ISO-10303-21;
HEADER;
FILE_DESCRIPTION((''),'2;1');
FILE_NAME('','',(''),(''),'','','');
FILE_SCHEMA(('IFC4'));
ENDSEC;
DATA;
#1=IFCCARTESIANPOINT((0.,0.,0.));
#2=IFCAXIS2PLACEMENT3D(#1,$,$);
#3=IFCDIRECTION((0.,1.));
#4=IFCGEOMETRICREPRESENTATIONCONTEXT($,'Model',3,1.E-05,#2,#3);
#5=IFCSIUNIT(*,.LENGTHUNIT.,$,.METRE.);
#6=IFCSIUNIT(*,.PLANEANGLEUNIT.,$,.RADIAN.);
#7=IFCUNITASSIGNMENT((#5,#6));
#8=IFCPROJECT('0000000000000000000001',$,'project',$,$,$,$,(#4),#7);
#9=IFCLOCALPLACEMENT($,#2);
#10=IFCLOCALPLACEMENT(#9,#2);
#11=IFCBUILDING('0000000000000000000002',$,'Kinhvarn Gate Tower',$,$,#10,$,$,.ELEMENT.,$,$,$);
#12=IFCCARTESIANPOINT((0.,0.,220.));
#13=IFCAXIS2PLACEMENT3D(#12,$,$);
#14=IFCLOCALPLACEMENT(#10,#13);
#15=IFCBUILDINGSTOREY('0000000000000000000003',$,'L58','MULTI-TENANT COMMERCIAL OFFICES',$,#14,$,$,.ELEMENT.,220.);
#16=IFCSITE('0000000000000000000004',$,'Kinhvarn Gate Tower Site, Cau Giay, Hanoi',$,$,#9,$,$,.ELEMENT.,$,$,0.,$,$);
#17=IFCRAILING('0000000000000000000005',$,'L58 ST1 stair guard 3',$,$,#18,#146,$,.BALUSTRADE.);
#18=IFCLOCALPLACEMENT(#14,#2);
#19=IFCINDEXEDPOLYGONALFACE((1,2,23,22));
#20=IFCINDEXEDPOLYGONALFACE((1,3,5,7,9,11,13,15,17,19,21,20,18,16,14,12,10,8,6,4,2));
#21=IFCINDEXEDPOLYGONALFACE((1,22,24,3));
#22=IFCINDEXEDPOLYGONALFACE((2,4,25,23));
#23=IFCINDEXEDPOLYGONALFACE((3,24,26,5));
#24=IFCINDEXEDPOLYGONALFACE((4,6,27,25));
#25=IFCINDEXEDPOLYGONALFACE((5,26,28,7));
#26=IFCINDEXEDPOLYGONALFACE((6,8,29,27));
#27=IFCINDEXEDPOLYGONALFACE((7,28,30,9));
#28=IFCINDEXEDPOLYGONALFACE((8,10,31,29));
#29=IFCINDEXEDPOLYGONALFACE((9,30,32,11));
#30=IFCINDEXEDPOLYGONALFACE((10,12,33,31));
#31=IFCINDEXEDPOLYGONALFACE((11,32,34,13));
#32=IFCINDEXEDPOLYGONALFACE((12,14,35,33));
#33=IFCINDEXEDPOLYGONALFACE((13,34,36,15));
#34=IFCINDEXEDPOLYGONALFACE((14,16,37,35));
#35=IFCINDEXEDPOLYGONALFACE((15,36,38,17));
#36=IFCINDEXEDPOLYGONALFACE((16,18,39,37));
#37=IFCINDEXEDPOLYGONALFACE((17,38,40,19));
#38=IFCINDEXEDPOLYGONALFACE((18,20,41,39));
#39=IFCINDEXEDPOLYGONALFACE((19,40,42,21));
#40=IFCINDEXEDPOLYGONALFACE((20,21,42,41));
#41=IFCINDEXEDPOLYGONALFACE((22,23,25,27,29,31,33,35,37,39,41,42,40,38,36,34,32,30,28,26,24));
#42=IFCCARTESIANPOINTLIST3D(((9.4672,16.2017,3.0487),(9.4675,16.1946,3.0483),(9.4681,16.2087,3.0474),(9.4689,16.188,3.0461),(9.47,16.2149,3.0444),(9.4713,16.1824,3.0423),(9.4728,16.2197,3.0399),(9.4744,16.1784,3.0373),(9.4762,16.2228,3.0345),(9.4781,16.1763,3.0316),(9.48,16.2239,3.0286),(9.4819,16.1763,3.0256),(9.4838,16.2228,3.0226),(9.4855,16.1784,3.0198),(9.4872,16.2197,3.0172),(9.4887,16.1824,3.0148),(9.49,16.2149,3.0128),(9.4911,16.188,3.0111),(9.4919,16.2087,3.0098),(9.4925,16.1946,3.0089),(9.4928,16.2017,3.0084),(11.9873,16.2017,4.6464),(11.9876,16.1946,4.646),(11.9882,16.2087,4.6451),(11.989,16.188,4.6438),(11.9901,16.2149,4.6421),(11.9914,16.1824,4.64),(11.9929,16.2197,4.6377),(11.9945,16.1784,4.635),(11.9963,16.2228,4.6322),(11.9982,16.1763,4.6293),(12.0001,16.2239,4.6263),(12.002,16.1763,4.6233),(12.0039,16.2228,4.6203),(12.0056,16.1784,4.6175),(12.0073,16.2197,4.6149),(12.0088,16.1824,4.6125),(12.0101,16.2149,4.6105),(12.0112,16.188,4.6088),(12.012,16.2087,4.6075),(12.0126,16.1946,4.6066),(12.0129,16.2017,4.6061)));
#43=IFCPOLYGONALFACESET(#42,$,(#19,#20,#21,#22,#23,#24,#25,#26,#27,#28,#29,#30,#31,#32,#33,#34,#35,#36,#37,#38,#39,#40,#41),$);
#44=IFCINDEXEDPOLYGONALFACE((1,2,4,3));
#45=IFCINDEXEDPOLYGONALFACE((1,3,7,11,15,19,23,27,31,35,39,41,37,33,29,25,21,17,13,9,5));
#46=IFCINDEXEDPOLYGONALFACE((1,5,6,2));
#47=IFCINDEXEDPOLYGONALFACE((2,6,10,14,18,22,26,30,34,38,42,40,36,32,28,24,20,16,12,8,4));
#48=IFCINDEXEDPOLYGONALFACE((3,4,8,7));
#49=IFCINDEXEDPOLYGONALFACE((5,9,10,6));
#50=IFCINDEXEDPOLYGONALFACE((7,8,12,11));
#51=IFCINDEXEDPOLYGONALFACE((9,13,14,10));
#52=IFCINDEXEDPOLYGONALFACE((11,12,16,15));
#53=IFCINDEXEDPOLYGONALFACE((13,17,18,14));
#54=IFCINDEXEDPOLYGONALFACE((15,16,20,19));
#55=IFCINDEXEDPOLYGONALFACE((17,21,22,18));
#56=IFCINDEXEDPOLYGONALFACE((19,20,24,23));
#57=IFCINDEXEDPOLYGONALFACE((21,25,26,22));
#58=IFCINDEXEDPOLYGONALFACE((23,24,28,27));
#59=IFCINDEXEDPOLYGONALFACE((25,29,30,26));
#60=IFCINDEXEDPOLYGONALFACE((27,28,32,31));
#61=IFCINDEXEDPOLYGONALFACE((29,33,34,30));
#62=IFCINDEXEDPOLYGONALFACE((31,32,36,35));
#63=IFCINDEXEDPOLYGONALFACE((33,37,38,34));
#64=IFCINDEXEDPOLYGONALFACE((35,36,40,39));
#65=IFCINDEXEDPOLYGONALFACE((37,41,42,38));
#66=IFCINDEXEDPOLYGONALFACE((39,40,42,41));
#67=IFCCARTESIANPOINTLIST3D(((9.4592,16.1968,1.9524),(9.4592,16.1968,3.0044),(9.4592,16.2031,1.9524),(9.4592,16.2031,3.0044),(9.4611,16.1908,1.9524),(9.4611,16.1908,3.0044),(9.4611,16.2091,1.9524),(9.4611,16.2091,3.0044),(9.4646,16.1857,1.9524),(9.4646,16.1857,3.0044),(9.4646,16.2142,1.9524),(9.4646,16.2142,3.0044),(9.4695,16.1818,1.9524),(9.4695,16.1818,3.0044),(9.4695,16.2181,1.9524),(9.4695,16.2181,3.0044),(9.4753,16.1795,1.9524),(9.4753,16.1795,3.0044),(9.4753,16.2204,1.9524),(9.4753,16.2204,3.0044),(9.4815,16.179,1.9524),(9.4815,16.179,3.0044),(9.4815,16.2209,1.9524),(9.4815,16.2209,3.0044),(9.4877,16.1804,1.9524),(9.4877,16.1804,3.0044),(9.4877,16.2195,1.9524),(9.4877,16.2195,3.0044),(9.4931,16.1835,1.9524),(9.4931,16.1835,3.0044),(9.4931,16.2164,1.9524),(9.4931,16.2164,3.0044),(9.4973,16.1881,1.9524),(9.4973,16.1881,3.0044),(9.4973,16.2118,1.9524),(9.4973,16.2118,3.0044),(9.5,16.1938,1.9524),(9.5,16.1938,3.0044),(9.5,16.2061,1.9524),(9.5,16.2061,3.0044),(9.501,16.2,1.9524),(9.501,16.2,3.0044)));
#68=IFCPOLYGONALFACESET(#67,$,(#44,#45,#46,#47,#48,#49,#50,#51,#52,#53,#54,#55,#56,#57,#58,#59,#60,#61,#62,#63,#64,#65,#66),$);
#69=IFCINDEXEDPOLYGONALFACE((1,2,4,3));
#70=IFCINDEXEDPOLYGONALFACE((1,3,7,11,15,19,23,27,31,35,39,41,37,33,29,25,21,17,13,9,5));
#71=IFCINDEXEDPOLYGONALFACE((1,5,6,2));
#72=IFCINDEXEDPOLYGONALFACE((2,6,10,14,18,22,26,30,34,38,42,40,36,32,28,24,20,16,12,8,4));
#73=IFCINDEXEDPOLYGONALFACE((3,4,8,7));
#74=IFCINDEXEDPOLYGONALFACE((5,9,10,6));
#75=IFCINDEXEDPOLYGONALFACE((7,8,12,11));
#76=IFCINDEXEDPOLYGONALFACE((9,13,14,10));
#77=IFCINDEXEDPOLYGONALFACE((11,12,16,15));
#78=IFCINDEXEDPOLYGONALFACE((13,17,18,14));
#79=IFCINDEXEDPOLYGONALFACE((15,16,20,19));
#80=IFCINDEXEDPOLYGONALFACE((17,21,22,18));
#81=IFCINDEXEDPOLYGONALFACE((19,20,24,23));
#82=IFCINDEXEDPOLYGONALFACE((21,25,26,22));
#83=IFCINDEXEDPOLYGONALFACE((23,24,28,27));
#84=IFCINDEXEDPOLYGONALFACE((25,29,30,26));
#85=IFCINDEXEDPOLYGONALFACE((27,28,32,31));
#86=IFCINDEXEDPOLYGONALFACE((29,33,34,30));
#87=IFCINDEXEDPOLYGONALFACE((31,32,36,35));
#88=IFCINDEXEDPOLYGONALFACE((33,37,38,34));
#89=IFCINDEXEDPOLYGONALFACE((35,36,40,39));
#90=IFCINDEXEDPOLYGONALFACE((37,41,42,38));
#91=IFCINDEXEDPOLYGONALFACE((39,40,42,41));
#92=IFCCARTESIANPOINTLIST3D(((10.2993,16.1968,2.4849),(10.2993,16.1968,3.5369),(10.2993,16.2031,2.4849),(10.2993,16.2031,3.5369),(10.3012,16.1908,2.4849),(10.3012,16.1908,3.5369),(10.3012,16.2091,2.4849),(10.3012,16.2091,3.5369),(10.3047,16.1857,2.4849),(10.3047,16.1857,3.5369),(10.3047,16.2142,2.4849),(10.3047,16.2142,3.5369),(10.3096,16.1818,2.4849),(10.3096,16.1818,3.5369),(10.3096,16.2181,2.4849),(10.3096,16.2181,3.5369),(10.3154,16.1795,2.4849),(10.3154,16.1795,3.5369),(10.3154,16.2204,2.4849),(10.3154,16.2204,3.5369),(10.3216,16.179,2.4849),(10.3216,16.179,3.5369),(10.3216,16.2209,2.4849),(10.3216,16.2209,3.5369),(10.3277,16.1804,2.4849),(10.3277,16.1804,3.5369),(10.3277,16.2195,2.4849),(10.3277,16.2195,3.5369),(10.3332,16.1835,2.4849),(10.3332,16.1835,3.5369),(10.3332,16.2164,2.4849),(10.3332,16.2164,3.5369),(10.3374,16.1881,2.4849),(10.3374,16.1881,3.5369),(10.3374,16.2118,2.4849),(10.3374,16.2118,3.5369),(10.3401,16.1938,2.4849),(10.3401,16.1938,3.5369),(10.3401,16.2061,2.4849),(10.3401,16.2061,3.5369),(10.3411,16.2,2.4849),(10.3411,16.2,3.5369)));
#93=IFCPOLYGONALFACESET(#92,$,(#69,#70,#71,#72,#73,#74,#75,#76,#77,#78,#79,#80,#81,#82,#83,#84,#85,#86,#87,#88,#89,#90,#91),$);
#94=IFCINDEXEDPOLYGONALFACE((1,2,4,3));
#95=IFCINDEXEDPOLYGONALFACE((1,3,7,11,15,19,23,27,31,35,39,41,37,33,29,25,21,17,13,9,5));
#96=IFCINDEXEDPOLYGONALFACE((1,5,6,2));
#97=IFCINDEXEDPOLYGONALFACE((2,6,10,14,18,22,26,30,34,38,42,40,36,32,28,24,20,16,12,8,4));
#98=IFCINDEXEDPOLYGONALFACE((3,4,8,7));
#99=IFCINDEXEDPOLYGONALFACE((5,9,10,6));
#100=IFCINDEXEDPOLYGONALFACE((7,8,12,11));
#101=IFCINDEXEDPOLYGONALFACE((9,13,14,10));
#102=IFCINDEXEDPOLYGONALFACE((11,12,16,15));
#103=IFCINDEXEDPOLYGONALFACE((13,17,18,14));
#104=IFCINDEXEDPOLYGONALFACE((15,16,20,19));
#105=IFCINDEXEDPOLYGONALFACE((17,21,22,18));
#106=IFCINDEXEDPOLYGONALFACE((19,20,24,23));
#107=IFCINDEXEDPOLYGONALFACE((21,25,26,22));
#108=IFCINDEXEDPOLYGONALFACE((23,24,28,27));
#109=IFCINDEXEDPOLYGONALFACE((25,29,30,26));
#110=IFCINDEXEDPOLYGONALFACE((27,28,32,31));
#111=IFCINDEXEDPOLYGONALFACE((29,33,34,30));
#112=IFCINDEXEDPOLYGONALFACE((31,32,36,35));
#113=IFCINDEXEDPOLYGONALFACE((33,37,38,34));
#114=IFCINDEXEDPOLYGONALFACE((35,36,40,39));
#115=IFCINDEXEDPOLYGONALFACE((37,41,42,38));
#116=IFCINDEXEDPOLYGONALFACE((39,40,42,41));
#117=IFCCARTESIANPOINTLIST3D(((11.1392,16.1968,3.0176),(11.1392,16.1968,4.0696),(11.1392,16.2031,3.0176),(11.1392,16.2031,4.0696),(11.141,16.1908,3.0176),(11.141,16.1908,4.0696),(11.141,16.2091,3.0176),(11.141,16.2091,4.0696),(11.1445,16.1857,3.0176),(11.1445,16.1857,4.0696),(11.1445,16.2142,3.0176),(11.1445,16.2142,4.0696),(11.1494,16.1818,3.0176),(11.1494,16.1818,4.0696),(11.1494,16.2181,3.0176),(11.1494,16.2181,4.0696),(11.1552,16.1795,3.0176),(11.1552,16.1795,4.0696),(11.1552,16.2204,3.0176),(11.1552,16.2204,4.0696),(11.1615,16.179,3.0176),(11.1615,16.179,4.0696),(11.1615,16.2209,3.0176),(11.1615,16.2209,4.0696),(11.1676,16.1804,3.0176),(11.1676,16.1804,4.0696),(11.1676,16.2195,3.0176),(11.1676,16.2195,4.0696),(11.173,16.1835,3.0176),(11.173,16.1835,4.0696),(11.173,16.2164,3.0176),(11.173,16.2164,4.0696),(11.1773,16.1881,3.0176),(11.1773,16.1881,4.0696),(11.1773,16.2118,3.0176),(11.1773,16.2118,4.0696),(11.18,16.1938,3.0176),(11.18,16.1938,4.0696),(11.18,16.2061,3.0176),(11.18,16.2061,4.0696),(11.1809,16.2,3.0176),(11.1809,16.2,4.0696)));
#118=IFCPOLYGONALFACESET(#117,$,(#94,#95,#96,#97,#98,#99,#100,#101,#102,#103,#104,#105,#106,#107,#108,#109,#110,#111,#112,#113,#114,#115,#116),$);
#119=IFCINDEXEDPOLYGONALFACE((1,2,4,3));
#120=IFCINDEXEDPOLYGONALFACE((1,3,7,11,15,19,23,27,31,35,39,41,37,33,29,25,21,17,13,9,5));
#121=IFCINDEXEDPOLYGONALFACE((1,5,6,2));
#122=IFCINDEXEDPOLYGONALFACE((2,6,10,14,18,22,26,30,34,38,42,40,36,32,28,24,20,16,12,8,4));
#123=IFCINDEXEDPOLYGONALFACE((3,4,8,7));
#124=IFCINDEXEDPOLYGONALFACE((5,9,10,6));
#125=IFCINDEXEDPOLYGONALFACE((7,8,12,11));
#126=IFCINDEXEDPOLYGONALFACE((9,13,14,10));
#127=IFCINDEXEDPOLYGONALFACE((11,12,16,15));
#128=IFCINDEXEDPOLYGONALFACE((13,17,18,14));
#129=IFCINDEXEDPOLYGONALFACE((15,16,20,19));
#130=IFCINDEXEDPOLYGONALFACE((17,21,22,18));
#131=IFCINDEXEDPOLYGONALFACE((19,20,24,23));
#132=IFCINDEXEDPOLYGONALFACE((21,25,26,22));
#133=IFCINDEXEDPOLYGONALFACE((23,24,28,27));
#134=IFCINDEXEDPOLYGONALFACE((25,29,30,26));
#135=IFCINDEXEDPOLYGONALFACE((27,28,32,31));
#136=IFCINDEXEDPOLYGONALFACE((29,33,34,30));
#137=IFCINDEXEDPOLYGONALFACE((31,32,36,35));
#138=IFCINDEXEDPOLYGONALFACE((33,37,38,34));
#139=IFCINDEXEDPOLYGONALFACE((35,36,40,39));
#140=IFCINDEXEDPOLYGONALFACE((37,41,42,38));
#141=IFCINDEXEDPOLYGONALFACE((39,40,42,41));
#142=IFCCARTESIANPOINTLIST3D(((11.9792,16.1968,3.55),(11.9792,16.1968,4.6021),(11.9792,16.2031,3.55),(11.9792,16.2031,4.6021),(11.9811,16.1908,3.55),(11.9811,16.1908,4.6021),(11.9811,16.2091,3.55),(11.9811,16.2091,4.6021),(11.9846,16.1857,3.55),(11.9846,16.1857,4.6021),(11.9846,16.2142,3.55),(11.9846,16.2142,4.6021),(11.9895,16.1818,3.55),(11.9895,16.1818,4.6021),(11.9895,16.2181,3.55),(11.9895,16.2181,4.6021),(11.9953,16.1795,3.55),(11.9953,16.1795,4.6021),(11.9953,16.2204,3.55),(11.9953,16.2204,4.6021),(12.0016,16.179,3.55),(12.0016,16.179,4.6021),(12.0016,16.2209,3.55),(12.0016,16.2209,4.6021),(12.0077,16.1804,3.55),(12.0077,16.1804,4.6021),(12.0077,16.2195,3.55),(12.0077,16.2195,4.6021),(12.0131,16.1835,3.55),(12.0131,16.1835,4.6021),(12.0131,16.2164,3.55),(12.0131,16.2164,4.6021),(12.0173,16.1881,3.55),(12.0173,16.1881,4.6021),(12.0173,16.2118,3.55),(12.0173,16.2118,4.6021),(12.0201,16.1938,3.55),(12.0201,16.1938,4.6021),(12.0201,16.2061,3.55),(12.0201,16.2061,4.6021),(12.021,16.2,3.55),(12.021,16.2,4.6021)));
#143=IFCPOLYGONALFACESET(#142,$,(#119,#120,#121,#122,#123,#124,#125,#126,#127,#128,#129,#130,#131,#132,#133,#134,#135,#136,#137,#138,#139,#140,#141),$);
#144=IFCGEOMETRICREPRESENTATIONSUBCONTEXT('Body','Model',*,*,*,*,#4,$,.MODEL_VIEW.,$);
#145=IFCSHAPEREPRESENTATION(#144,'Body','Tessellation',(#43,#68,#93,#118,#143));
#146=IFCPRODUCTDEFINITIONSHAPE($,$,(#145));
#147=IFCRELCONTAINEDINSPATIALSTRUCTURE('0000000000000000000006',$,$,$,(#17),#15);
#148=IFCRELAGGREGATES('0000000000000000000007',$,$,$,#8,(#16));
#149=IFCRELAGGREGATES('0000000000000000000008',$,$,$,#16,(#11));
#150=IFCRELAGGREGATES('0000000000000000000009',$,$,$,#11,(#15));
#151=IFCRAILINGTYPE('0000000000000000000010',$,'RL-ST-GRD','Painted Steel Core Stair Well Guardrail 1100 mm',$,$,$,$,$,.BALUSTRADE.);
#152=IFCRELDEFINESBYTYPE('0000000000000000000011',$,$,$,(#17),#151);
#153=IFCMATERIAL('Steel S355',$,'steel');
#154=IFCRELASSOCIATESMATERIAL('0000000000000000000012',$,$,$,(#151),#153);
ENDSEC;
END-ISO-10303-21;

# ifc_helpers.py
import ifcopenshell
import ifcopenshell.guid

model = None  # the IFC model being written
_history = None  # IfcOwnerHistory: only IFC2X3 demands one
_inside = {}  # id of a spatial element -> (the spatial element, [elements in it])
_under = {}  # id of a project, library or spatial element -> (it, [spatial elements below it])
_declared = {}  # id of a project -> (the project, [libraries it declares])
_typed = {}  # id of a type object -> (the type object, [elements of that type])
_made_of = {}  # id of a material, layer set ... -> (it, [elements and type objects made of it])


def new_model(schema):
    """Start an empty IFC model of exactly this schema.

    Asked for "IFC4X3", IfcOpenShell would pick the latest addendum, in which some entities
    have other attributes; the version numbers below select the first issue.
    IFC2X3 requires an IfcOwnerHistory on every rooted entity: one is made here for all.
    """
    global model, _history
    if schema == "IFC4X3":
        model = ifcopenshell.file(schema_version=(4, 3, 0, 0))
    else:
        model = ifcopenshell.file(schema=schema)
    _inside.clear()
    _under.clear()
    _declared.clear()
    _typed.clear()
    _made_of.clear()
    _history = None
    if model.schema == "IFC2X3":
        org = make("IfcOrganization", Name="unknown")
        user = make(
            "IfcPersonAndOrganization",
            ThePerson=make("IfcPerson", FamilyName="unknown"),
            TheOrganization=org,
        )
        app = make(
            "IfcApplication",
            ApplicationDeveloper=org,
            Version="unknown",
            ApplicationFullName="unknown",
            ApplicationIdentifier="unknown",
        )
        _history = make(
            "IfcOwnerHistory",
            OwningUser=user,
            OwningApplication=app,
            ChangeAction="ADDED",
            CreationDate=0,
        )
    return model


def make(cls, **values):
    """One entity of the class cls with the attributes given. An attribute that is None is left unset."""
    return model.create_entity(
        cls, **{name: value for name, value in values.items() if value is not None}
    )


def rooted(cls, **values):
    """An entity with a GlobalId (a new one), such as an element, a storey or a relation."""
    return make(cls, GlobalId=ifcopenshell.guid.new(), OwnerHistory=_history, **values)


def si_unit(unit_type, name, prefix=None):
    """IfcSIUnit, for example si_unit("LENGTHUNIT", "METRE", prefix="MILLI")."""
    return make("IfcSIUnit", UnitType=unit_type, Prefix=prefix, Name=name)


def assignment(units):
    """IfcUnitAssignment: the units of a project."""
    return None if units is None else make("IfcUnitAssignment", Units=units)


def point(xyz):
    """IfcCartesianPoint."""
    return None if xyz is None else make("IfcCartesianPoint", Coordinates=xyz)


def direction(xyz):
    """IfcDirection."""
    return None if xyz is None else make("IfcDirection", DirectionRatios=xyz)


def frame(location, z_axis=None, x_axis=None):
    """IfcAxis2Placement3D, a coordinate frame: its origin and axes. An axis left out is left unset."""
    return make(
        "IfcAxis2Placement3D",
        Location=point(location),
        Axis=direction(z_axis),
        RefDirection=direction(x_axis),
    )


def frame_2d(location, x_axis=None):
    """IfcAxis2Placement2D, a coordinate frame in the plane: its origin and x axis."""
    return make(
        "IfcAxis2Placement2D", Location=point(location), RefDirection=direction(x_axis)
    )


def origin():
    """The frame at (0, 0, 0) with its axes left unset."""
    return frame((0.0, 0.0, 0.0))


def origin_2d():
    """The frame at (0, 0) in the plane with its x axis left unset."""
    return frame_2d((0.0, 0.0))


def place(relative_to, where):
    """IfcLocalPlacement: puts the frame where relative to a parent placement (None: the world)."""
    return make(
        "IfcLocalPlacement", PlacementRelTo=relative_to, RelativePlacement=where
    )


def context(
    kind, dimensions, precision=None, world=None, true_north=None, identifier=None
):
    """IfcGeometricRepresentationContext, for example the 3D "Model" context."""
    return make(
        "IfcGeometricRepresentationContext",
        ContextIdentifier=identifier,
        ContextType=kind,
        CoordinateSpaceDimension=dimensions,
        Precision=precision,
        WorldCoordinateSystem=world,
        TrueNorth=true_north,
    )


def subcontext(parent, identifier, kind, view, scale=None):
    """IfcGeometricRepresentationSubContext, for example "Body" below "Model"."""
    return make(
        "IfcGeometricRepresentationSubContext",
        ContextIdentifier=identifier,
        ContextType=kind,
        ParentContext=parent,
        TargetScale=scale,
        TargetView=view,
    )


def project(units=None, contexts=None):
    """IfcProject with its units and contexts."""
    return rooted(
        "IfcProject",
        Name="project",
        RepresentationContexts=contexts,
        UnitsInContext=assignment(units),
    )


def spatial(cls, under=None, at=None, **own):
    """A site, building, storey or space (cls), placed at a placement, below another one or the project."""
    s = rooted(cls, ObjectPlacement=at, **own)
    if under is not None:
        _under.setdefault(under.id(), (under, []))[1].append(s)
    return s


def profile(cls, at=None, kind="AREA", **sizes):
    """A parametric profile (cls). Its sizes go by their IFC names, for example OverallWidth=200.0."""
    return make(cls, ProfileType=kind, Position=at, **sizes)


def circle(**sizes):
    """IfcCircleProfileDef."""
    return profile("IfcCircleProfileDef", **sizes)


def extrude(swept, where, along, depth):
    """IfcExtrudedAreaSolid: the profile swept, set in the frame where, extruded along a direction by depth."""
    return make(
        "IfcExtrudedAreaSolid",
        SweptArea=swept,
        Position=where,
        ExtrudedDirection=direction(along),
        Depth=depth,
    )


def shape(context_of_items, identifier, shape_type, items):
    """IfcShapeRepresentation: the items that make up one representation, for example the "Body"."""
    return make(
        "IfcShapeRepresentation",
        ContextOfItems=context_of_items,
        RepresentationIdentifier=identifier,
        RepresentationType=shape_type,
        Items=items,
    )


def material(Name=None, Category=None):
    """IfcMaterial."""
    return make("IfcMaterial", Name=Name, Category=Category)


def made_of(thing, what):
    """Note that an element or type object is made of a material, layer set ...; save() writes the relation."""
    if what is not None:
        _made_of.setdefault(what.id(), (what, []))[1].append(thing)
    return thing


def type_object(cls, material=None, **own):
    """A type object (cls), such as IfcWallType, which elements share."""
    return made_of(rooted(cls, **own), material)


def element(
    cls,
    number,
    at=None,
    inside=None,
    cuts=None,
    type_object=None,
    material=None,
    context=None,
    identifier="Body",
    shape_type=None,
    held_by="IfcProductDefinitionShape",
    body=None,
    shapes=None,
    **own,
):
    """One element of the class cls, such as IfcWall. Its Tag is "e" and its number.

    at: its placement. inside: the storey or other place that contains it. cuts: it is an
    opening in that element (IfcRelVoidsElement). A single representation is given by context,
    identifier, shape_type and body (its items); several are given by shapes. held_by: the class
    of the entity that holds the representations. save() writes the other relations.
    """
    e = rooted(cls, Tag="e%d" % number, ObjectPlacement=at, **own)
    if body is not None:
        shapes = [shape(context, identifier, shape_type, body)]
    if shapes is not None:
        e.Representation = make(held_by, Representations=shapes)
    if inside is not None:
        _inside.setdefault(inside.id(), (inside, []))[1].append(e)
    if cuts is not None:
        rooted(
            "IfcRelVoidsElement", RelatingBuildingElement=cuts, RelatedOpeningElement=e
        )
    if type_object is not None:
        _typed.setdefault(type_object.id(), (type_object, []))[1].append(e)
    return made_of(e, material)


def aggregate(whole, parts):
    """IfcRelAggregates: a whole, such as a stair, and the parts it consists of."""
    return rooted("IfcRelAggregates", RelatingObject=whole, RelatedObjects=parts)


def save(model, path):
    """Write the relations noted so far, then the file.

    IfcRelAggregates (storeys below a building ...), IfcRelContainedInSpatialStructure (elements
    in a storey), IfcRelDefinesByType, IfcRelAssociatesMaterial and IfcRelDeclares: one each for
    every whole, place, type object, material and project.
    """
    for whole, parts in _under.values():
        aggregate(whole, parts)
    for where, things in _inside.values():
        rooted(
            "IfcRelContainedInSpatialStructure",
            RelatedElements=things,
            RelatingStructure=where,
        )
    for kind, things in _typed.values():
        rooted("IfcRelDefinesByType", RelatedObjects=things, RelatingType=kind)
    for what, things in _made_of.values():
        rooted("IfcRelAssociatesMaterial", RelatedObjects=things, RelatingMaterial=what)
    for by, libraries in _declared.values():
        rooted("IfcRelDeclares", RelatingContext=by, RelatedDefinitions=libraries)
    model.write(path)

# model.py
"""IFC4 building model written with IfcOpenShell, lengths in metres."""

from ifc_helpers import new_model, si_unit, direction, frame, origin, origin_2d, place, context, subcontext, project, spatial, circle, extrude, material, type_object, element, save


model = new_model("IFC4")

# Units and contexts
model_context = context("Model", 3, precision=1e-05, world=origin(), true_north=direction((0.0, 1.0)))
body_context = subcontext(model_context, "Body", "Model", "MODEL_VIEW")
ifc_project = project(units=[si_unit("LENGTHUNIT", "METRE"), si_unit("PLANEANGLEUNIT", "RADIAN")], contexts=[model_context])

# Site, building, storey
site_placement = place(None, origin())
site = spatial("IfcSite", under=ifc_project, at=site_placement, Name="Kinhvarn Gate Tower Site, Cau Giay, Hanoi", CompositionType="ELEMENT", RefElevation=0.0)
building_placement = place(site_placement, origin())
building = spatial("IfcBuilding", under=site, at=building_placement, Name="Kinhvarn Gate Tower", CompositionType="ELEMENT")
storey_placement = place(building_placement, frame((0.0, 0.0, 220.0)))
storey = spatial("IfcBuildingStorey", under=building, at=storey_placement, Name="L58", Description="MULTI-TENANT COMMERCIAL OFFICES", CompositionType="ELEMENT", Elevation=220.0)

# Shared definitions
ifc_material_1 = material(Name="Steel S355", Category="steel")

# Railing
railing_type_1 = type_object("IfcRailingType", Name="RL-ST-GRD", Description="Painted Steel Core Stair Well Guardrail 1100 mm", PredefinedType="BALUSTRADE", material=ifc_material_1)
railing_1_placement = place(storey_placement, frame((9.48, 16.2, 1.9524)))
element("IfcRailing", 1, at=railing_1_placement, inside=storey, type_object=railing_type_1, Name="L58 ST1 stair guard 3", PredefinedType="BALUSTRADE", context=body_context, shape_type="SweptSolid", body=[
    extrude(circle(Radius=0.0239, at=origin_2d()), frame((0.0, 0.0, 1.0762), z_axis=(0.84457, 0.0, 0.535445), x_axis=(0.0, 1.0, 0.0)), (0.0, 0.0, 1.0), 2.9839),
    extrude(circle(Radius=0.021, at=origin_2d()), origin(), (0.0, 0.0, 1.0), 1.052),
    extrude(circle(Radius=0.021, at=origin_2d()), frame((0.8401, 0.0, 0.5325)), (0.0, 0.0, 1.0), 1.052),
    extrude(circle(Radius=0.021, at=origin_2d()), frame((1.6799, 0.0, 1.0652)), (0.0, 0.0, 1.0), 1.052),
    extrude(circle(Radius=0.021, at=origin_2d()), frame((2.52, 0.0, 1.5977)), (0.0, 0.0, 1.0), 1.052),
])

save(model, "model.ifc")
